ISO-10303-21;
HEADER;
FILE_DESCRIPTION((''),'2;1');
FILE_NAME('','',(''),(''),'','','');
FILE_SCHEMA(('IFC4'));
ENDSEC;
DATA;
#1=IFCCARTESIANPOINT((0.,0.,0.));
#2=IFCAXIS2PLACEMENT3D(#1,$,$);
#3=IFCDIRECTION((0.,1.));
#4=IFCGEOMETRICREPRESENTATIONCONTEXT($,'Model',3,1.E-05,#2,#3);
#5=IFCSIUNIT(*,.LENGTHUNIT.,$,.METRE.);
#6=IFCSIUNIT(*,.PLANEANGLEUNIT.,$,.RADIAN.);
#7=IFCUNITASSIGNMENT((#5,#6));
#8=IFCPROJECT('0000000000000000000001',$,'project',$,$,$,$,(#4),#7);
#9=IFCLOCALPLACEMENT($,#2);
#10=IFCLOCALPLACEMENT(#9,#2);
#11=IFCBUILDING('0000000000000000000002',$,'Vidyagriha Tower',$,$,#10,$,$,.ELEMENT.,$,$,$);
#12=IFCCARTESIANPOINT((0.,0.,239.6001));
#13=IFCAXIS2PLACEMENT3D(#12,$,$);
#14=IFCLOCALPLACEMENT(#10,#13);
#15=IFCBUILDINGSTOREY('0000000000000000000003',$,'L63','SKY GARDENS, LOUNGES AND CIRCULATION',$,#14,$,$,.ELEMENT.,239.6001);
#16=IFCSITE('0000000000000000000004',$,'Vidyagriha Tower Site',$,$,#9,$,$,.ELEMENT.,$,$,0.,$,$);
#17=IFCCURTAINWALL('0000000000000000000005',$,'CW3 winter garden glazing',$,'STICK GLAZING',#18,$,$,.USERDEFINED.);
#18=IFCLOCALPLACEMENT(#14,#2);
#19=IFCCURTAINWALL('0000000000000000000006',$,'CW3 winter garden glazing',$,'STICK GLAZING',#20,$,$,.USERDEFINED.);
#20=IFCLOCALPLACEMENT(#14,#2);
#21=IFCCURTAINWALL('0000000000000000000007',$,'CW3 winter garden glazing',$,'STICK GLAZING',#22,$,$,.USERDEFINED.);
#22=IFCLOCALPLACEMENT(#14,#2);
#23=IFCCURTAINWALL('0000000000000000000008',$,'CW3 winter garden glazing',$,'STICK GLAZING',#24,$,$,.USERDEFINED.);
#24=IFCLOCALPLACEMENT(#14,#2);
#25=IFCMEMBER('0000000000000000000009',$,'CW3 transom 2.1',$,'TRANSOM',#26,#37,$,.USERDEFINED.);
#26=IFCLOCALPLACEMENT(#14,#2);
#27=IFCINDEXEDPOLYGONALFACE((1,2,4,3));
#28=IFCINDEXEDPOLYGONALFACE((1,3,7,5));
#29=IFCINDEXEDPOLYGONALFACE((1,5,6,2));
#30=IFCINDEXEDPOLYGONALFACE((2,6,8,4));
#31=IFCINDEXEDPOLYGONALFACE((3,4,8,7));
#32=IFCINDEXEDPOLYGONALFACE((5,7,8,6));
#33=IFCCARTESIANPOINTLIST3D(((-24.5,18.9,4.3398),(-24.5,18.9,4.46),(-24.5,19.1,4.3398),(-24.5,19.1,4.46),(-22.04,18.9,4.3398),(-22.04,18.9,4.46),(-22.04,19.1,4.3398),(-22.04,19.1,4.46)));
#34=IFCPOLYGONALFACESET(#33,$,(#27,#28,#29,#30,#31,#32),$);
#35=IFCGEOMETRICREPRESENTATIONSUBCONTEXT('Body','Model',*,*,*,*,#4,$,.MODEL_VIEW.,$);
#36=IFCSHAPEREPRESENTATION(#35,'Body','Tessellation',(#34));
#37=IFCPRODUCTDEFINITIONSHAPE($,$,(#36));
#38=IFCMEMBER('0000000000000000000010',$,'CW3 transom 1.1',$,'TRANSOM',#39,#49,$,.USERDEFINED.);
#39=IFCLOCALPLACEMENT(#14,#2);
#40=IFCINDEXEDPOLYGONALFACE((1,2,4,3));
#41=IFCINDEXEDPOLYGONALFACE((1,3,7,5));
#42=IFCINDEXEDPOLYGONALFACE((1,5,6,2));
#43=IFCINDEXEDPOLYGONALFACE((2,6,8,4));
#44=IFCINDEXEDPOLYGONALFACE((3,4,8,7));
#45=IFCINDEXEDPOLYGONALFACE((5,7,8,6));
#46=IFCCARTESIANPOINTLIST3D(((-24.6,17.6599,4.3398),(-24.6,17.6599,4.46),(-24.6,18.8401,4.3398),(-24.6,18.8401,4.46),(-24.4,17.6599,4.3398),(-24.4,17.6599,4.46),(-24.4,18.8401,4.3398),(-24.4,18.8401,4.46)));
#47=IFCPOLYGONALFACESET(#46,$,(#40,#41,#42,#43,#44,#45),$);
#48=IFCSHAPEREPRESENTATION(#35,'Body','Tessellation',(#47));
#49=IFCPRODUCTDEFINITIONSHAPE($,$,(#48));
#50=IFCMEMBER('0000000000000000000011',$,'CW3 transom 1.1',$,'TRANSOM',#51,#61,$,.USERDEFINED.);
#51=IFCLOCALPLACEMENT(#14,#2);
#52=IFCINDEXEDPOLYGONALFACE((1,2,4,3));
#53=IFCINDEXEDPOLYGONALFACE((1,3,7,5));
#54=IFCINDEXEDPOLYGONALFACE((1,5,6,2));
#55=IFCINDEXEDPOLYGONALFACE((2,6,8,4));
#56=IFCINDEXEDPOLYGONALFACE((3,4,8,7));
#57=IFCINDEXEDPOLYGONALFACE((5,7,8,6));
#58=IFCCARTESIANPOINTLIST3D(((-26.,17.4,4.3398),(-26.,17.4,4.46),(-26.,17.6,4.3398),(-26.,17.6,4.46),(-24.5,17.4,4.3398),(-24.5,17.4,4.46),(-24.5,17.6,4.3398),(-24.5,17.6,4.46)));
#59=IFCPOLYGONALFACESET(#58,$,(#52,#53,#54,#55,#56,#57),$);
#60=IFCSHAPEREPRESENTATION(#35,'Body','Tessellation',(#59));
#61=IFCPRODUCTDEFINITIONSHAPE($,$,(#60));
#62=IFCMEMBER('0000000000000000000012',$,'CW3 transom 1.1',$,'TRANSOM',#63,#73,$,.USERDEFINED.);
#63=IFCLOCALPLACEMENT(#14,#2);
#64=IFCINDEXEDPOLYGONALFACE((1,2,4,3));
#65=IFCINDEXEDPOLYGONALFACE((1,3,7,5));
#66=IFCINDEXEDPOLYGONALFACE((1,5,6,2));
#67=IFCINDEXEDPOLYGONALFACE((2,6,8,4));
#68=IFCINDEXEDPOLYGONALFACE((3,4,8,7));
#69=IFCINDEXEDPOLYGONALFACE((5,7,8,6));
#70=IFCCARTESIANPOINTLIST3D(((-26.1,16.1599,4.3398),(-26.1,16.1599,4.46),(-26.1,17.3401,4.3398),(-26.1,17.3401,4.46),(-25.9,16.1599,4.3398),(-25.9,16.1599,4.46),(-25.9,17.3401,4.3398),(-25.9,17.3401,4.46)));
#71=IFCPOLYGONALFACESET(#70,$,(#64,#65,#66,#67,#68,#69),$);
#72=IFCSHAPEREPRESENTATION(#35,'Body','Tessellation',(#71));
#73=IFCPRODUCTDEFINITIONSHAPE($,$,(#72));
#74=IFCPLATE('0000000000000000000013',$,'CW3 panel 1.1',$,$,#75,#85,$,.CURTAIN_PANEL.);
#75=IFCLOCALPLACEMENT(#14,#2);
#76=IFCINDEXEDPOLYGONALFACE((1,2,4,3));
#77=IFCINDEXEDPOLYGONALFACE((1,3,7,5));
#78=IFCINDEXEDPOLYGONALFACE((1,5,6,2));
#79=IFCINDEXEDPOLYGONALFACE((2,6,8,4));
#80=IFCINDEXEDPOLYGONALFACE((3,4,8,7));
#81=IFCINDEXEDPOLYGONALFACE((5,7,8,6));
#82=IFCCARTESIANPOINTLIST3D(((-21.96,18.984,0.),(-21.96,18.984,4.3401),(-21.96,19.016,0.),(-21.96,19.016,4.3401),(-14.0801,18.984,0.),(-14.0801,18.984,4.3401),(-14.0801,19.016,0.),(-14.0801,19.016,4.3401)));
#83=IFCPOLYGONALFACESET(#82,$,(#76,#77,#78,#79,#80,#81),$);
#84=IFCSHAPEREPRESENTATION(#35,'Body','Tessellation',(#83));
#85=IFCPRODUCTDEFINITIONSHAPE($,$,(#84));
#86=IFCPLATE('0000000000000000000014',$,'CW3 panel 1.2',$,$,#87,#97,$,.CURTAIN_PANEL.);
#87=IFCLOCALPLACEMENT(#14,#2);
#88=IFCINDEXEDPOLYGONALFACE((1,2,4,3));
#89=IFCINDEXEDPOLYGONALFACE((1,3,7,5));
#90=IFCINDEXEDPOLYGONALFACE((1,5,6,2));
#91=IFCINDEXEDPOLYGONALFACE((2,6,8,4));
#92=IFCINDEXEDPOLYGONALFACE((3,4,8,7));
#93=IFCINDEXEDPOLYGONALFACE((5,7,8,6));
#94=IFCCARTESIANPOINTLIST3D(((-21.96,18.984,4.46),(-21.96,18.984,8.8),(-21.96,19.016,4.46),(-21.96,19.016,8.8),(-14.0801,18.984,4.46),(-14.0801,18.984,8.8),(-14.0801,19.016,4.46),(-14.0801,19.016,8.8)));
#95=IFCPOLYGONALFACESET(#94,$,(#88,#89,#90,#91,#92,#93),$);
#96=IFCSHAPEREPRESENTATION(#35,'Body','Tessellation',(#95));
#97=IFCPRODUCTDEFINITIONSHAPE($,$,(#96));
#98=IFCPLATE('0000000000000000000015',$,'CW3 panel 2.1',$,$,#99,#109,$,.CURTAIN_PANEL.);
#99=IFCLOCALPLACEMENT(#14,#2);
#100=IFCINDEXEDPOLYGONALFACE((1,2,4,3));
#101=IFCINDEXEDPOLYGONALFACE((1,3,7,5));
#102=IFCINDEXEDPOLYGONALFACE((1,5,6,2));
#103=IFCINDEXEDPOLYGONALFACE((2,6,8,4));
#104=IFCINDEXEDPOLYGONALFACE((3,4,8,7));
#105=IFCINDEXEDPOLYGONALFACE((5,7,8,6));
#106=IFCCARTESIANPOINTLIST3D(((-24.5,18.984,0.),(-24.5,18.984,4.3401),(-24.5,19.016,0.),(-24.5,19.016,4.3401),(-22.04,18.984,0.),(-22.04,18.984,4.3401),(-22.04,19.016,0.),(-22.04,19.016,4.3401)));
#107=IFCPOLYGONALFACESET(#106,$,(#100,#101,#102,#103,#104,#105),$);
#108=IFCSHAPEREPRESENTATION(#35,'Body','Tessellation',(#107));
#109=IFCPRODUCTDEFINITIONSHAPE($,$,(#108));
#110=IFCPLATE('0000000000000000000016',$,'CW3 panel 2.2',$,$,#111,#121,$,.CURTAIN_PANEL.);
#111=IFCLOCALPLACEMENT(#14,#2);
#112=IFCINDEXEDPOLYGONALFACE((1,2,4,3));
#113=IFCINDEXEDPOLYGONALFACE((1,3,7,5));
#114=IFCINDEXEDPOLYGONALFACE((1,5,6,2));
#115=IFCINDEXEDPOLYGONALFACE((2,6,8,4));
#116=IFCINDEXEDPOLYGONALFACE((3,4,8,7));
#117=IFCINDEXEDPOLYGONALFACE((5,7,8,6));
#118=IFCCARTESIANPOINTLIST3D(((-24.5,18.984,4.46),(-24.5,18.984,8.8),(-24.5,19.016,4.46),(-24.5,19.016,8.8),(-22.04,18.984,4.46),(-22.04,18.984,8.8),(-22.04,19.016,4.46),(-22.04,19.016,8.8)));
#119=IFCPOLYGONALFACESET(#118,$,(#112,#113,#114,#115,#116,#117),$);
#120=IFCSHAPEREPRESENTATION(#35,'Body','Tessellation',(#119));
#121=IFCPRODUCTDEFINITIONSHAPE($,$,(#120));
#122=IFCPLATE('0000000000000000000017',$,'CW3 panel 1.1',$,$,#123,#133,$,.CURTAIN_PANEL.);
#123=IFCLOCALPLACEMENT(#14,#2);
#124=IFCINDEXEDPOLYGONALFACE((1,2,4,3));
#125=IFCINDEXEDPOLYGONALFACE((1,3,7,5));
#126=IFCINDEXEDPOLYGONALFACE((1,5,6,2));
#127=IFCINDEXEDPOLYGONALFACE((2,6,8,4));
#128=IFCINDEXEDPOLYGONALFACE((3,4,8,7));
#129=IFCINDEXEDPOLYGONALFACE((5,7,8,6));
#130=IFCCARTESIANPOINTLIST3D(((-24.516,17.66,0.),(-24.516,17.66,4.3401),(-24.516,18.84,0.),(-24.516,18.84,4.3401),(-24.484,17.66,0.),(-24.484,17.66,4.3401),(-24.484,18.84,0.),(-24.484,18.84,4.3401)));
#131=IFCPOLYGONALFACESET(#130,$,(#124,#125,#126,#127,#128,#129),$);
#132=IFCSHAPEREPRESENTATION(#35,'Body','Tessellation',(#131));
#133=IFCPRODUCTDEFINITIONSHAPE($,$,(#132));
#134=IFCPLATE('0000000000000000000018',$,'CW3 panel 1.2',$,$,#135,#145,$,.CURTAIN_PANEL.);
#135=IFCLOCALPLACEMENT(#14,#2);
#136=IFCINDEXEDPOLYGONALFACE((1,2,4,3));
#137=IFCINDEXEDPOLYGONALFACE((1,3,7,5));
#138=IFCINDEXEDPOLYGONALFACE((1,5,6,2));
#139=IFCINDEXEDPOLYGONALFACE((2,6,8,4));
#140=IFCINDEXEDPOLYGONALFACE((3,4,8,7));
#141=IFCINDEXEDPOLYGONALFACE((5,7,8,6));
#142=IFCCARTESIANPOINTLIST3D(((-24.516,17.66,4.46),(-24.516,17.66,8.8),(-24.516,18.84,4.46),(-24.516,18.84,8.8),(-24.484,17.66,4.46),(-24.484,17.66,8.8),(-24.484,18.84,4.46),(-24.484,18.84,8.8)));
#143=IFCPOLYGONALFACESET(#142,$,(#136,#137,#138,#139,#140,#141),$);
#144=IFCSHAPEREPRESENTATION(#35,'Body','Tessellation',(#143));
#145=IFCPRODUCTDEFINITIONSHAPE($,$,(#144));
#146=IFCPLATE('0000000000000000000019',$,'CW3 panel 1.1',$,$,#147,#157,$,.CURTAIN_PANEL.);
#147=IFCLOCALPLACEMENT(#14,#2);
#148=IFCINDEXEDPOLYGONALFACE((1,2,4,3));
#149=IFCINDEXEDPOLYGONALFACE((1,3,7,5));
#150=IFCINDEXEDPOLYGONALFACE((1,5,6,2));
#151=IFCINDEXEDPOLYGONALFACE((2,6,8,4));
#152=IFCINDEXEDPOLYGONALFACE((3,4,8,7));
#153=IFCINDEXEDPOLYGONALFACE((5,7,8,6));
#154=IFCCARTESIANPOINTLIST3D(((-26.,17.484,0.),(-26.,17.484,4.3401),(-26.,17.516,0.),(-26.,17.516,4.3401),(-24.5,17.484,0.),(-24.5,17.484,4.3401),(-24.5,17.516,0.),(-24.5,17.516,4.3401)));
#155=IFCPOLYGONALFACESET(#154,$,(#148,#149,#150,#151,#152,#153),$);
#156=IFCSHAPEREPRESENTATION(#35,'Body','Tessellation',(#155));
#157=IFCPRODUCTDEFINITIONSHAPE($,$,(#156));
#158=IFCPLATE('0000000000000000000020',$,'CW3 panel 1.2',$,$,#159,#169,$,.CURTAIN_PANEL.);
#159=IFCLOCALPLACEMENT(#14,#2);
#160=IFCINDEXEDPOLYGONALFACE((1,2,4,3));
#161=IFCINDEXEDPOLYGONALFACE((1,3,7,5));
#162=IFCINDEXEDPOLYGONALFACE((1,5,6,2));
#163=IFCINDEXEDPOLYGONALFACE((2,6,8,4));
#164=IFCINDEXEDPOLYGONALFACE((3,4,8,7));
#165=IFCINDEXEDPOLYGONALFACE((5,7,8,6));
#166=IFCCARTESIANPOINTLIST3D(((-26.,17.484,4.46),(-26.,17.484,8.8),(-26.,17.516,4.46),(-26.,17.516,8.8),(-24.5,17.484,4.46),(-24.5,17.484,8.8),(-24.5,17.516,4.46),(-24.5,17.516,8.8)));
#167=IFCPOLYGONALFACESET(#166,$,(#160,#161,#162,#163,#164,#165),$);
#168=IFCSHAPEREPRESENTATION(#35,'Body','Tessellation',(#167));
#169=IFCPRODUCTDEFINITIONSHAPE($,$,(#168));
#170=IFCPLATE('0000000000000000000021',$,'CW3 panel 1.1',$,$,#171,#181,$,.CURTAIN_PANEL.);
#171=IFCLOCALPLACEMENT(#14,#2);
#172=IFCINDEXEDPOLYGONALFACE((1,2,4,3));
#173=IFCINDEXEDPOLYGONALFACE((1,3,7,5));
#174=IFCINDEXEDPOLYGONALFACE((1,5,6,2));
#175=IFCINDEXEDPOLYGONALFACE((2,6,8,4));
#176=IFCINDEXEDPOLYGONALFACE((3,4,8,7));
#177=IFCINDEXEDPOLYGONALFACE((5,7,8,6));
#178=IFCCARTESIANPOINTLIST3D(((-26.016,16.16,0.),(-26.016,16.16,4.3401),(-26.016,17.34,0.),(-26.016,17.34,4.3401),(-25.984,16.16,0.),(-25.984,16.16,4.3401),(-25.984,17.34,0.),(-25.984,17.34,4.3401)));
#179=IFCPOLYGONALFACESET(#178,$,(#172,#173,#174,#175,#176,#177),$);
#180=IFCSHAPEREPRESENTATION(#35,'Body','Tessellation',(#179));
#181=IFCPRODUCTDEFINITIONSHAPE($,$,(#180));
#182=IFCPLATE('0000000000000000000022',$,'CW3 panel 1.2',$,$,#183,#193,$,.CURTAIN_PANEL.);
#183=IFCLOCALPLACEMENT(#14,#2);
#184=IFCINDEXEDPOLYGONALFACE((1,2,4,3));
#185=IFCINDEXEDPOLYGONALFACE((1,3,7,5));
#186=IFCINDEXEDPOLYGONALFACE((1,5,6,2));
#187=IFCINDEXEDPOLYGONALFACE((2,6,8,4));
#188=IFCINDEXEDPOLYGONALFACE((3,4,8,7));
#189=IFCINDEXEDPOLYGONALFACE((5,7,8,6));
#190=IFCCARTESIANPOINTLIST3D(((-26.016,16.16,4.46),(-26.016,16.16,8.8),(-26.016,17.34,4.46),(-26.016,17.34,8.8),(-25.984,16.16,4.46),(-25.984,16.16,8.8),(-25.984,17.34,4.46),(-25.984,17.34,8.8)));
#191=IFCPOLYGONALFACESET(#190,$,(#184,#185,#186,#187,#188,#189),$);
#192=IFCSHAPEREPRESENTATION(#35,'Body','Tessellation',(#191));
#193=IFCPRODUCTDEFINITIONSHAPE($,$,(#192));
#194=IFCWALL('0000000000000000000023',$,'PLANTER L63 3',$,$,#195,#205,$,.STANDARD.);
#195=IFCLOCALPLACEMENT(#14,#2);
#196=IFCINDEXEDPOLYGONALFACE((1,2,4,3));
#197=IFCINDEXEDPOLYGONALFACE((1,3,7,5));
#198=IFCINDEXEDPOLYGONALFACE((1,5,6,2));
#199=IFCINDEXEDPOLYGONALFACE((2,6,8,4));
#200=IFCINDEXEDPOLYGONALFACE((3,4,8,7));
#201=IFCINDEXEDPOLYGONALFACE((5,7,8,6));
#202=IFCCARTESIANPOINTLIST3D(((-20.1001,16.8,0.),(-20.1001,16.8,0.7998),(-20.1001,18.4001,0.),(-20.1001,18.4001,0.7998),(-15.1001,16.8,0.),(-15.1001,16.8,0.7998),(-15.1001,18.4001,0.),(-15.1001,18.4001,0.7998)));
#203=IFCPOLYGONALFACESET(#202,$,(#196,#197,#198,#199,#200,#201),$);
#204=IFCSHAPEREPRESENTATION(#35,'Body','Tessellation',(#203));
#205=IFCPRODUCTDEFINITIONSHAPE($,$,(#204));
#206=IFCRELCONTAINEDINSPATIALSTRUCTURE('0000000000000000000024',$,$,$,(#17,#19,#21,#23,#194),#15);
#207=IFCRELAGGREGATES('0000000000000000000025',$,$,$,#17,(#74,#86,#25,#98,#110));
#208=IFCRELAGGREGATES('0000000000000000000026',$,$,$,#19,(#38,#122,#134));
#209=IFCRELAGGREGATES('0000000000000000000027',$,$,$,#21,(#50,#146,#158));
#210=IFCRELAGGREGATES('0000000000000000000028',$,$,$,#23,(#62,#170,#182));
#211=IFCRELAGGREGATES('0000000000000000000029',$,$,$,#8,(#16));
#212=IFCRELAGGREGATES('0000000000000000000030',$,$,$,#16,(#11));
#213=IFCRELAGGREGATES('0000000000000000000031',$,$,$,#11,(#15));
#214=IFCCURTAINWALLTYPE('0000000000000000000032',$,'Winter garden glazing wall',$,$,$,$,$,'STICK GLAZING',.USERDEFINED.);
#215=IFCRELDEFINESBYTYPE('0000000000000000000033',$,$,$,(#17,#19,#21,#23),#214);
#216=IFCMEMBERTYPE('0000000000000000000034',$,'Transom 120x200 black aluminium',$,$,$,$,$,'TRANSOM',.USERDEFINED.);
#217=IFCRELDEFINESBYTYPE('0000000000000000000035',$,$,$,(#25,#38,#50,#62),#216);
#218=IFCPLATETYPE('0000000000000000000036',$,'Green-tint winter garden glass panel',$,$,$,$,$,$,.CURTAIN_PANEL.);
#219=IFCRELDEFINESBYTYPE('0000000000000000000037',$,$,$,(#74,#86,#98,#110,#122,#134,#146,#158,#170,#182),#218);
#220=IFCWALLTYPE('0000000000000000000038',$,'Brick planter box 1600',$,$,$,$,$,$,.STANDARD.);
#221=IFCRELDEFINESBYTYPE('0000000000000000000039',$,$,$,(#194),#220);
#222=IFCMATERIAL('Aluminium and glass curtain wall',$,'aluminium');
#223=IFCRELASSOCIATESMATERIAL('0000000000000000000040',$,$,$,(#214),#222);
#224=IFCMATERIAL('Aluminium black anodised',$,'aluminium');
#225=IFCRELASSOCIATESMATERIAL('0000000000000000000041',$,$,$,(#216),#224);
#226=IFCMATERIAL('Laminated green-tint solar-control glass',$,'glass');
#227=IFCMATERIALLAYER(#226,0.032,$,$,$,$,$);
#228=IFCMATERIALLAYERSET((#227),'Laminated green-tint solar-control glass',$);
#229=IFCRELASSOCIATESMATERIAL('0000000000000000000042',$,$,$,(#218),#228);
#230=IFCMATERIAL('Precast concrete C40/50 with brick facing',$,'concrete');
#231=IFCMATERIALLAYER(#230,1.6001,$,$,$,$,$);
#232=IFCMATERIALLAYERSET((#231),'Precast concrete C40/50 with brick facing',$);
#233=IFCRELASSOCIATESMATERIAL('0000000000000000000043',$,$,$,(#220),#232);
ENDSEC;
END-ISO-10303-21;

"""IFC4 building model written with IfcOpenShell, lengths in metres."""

from ifc_helpers import new_model, si_unit, direction, frame, frame_2d, origin, origin_2d, place, context, subcontext, project, spatial, rectangle, extrude, material, layer, layer_set, material_profile, profile_set, type_object, element, aggregate, save


model = new_model("IFC4")

# Units and contexts
model_context = context("Model", 3, precision=1e-05, world=origin(), true_north=direction((0.0, 1.0)))
body_context = subcontext(model_context, "Body", "Model", "MODEL_VIEW")
ifc_project = project(units=[si_unit("LENGTHUNIT", "METRE"), si_unit("PLANEANGLEUNIT", "RADIAN")], contexts=[model_context])

# Site, building, storey
site_placement = place(None, origin())
site = spatial("IfcSite", under=ifc_project, at=site_placement, Name="Vidyagriha Tower Site", CompositionType="ELEMENT", RefElevation=0.0)
building_placement = place(site_placement, origin())
building = spatial("IfcBuilding", under=site, at=building_placement, Name="Vidyagriha Tower", CompositionType="ELEMENT")
storey_placement = place(building_placement, frame((0.0, 0.0, 239.6001)))
storey = spatial("IfcBuildingStorey", under=building, at=storey_placement, Name="L63", Description="SKY GARDENS, LOUNGES AND CIRCULATION", CompositionType="ELEMENT", Elevation=239.6001)

# Curtain walls
ifc_material_1 = material(Name="Aluminium and glass curtain wall", Category="aluminium")
curtain_wall_type = type_object("IfcCurtainWallType", Name="Winter garden glazing wall", ElementType="STICK GLAZING", PredefinedType="USERDEFINED", material=ifc_material_1)
curtain_wall_1_placement = place(storey_placement, origin())
curtain_wall_1 = element("IfcCurtainWall", 1, at=curtain_wall_1_placement, inside=storey, type_object=curtain_wall_type, Name="CW3 winter garden glazing", ObjectType="STICK GLAZING", PredefinedType="USERDEFINED")
curtain_wall_2_placement = place(storey_placement, origin())
curtain_wall_2 = element("IfcCurtainWall", 2, at=curtain_wall_2_placement, inside=storey, type_object=curtain_wall_type, Name="CW3 winter garden glazing", ObjectType="STICK GLAZING", PredefinedType="USERDEFINED")

# Curtain wall
curtain_wall_3_placement = place(storey_placement, origin())
curtain_wall_3 = element("IfcCurtainWall", 3, at=curtain_wall_3_placement, inside=storey, type_object=curtain_wall_type, Name="CW3 winter garden glazing", ObjectType="STICK GLAZING", PredefinedType="USERDEFINED")

# Curtain wall
curtain_wall_4_placement = place(storey_placement, origin())
curtain_wall_4 = element("IfcCurtainWall", 4, at=curtain_wall_4_placement, inside=storey, type_object=curtain_wall_type, Name="CW3 winter garden glazing", ObjectType="STICK GLAZING", PredefinedType="USERDEFINED")

# Members
ifc_material_2 = material(Name="Aluminium black anodised", Category="aluminium")
ifc_material_profile_1 = material_profile(ifc_material_2, rectangle(XDim=0.2, YDim=0.1201, at=origin_2d()), Name="Transom 120x200 black aluminium")
ifc_profile_set_1 = profile_set([ifc_material_profile_1], Name="Aluminium black anodised")
member_type_1 = type_object("IfcMemberType", Name="Transom 120x200 black aluminium", ElementType="TRANSOM", PredefinedType="USERDEFINED", material=ifc_profile_set_1)
member_1_placement = place(storey_placement, frame((-22.04, 19.0, 4.3999), z_axis=(-1.0, 0.0, 0.0), x_axis=(0.0, -1.0, 0.0)))
member_1 = element("IfcMember", 5, at=member_1_placement, type_object=member_type_1, Name="CW3 transom 2.1", ObjectType="TRANSOM", PredefinedType="USERDEFINED", context=body_context, shape_type="SweptSolid", body=[
    extrude(rectangle(XDim=0.2, YDim=0.1201, at=origin_2d()), origin(), (0.0, 0.0, 1.0), 2.46),
])
member_2_placement = place(storey_placement, frame((-24.5, 18.8401, 4.3999), z_axis=(0.0, -1.0, 0.0), x_axis=(1.0, 0.0, 0.0)))
member_2 = element("IfcMember", 6, at=member_2_placement, type_object=member_type_1, Name="CW3 transom 1.1", ObjectType="TRANSOM", PredefinedType="USERDEFINED", context=body_context, shape_type="SweptSolid", body=[
    extrude(rectangle(XDim=0.2, YDim=0.1201, at=origin_2d()), origin(), (0.0, 0.0, 1.0), 1.1802),
])
member_3_placement = place(storey_placement, frame((-24.5, 17.5, 4.3999), z_axis=(-1.0, 0.0, 0.0), x_axis=(0.0, -1.0, 0.0)))
member_3 = element("IfcMember", 7, at=member_3_placement, type_object=member_type_1, Name="CW3 transom 1.1", ObjectType="TRANSOM", PredefinedType="USERDEFINED", context=body_context, shape_type="SweptSolid", body=[
    extrude(rectangle(XDim=0.2, YDim=0.1201, at=origin_2d()), origin(), (0.0, 0.0, 1.0), 1.5),
])
member_4_placement = place(storey_placement, frame((-26.0, 17.3401, 4.3999), z_axis=(0.0, -1.0, 0.0), x_axis=(1.0, 0.0, 0.0)))
member_4 = element("IfcMember", 8, at=member_4_placement, type_object=member_type_1, Name="CW3 transom 1.1", ObjectType="TRANSOM", PredefinedType="USERDEFINED", context=body_context, shape_type="SweptSolid", body=[
    extrude(rectangle(XDim=0.2, YDim=0.1201, at=origin_2d()), origin(), (0.0, 0.0, 1.0), 1.1802),
])

# Plates
ifc_material_3 = material(Name="Laminated green-tint solar-control glass", Category="glass")
ifc_layer_1 = layer(ifc_material_3, 0.032)
ifc_layer_set_1 = layer_set([ifc_layer_1], Name="Laminated green-tint solar-control glass")
plate_type = type_object("IfcPlateType", Name="Green-tint winter garden glass panel", PredefinedType="CURTAIN_PANEL", material=ifc_layer_set_1)
plate_1_placement = place(storey_placement, frame((-18.02, 19.0, 0.0), z_axis=(0.0, 0.0, 1.0), x_axis=(-1.0, 0.0, 0.0)))
plate_1 = element("IfcPlate", 9, at=plate_1_placement, type_object=plate_type, Name="CW3 panel 1.1", PredefinedType="CURTAIN_PANEL", context=body_context, shape_type="SweptSolid", body=[
    extrude(rectangle(XDim=7.8799, YDim=0.032, at=origin_2d()), origin(), (0.0, 0.0, 1.0), 4.3401),
])
plate_2_placement = place(storey_placement, frame((-18.02, 19.0, 4.46), z_axis=(0.0, 0.0, 1.0), x_axis=(-1.0, 0.0, 0.0)))
plate_2 = element("IfcPlate", 10, at=plate_2_placement, type_object=plate_type, Name="CW3 panel 1.2", PredefinedType="CURTAIN_PANEL", context=body_context, shape_type="SweptSolid", body=[
    extrude(rectangle(XDim=7.8799, YDim=0.032, at=origin_2d()), origin(), (0.0, 0.0, 1.0), 4.3401),
])
plate_3_placement = place(storey_placement, frame((-23.27, 19.0, 0.0), z_axis=(0.0, 0.0, 1.0), x_axis=(-1.0, 0.0, 0.0)))
plate_3 = element("IfcPlate", 11, at=plate_3_placement, type_object=plate_type, Name="CW3 panel 2.1", PredefinedType="CURTAIN_PANEL", context=body_context, shape_type="SweptSolid", body=[
    extrude(rectangle(XDim=2.46, YDim=0.032, at=origin_2d()), origin(), (0.0, 0.0, 1.0), 4.3401),
])
plate_4_placement = place(storey_placement, frame((-23.27, 19.0, 4.46), z_axis=(0.0, 0.0, 1.0), x_axis=(-1.0, 0.0, 0.0)))
plate_4 = element("IfcPlate", 12, at=plate_4_placement, type_object=plate_type, Name="CW3 panel 2.2", PredefinedType="CURTAIN_PANEL", context=body_context, shape_type="SweptSolid", body=[
    extrude(rectangle(XDim=2.46, YDim=0.032, at=origin_2d()), origin(), (0.0, 0.0, 1.0), 4.3401),
])
aggregate(curtain_wall_1, [plate_1, plate_2, member_1, plate_3, plate_4])
plate_5_placement = place(storey_placement, frame((-24.5, 18.25, 0.0), z_axis=(0.0, 0.0, 1.0), x_axis=(0.0, -1.0, 0.0)))
plate_5 = element("IfcPlate", 13, at=plate_5_placement, type_object=plate_type, Name="CW3 panel 1.1", PredefinedType="CURTAIN_PANEL", context=body_context, shape_type="SweptSolid", body=[
    extrude(rectangle(XDim=1.1799, YDim=0.032, at=origin_2d()), origin(), (0.0, 0.0, 1.0), 4.3401),
])
plate_6_placement = place(storey_placement, frame((-24.5, 18.25, 4.46), z_axis=(0.0, 0.0, 1.0), x_axis=(0.0, -1.0, 0.0)))
plate_6 = element("IfcPlate", 14, at=plate_6_placement, type_object=plate_type, Name="CW3 panel 1.2", PredefinedType="CURTAIN_PANEL", context=body_context, shape_type="SweptSolid", body=[
    extrude(rectangle(XDim=1.1799, YDim=0.032, at=origin_2d()), origin(), (0.0, 0.0, 1.0), 4.3401),
])
aggregate(curtain_wall_2, [member_2, plate_5, plate_6])
plate_7_placement = place(storey_placement, frame((-25.25, 17.5, 0.0), z_axis=(0.0, 0.0, 1.0), x_axis=(-1.0, 0.0, 0.0)))
plate_7 = element("IfcPlate", 15, at=plate_7_placement, type_object=plate_type, Name="CW3 panel 1.1", PredefinedType="CURTAIN_PANEL", context=body_context, shape_type="SweptSolid", body=[
    extrude(rectangle(XDim=1.5, YDim=0.032, at=origin_2d()), origin(), (0.0, 0.0, 1.0), 4.3401),
])
plate_8_placement = place(storey_placement, frame((-25.25, 17.5, 4.46), z_axis=(0.0, 0.0, 1.0), x_axis=(-1.0, 0.0, 0.0)))
plate_8 = element("IfcPlate", 16, at=plate_8_placement, type_object=plate_type, Name="CW3 panel 1.2", PredefinedType="CURTAIN_PANEL", context=body_context, shape_type="SweptSolid", body=[
    extrude(rectangle(XDim=1.5, YDim=0.032, at=origin_2d()), origin(), (0.0, 0.0, 1.0), 4.3401),
])
aggregate(curtain_wall_3, [member_3, plate_7, plate_8])
plate_9_placement = place(storey_placement, frame((-26.0, 16.75, 0.0), z_axis=(0.0, 0.0, 1.0), x_axis=(0.0, -1.0, 0.0)))
plate_9 = element("IfcPlate", 17, at=plate_9_placement, type_object=plate_type, Name="CW3 panel 1.1", PredefinedType="CURTAIN_PANEL", context=body_context, shape_type="SweptSolid", body=[
    extrude(rectangle(XDim=1.1799, YDim=0.032, at=origin_2d()), origin(), (0.0, 0.0, 1.0), 4.3401),
])
plate_10_placement = place(storey_placement, frame((-26.0, 16.75, 4.46), z_axis=(0.0, 0.0, 1.0), x_axis=(0.0, -1.0, 0.0)))
plate_10 = element("IfcPlate", 18, at=plate_10_placement, type_object=plate_type, Name="CW3 panel 1.2", PredefinedType="CURTAIN_PANEL", context=body_context, shape_type="SweptSolid", body=[
    extrude(rectangle(XDim=1.1799, YDim=0.032, at=origin_2d()), origin(), (0.0, 0.0, 1.0), 4.3401),
])
aggregate(curtain_wall_4, [member_4, plate_9, plate_10])

# Wall
ifc_material_4 = material(Name="Precast concrete C40/50 with brick facing", Category="concrete")
ifc_layer_2 = layer(ifc_material_4, 1.6001)
ifc_layer_set_2 = layer_set([ifc_layer_2], Name="Precast concrete C40/50 with brick facing")
wall_type_1 = type_object("IfcWallType", Name="Brick planter box 1600", PredefinedType="STANDARD", material=ifc_layer_set_2)
wall_1_placement = place(storey_placement, frame((-15.1001, 17.6001, 0.0), z_axis=(0.0, 0.0, 1.0), x_axis=(-1.0, 0.0, 0.0)))
element("IfcWall", 19, at=wall_1_placement, inside=storey, type_object=wall_type_1, Name="PLANTER L63 3", PredefinedType="STANDARD", context=body_context, shape_type="SweptSolid", body=[
    extrude(rectangle(XDim=5.0, YDim=1.6001, at=frame_2d((2.5, 0.0))), origin(), (0.0, 0.0, 1.0), 0.7998),
])

save(model, "model.ifc")
